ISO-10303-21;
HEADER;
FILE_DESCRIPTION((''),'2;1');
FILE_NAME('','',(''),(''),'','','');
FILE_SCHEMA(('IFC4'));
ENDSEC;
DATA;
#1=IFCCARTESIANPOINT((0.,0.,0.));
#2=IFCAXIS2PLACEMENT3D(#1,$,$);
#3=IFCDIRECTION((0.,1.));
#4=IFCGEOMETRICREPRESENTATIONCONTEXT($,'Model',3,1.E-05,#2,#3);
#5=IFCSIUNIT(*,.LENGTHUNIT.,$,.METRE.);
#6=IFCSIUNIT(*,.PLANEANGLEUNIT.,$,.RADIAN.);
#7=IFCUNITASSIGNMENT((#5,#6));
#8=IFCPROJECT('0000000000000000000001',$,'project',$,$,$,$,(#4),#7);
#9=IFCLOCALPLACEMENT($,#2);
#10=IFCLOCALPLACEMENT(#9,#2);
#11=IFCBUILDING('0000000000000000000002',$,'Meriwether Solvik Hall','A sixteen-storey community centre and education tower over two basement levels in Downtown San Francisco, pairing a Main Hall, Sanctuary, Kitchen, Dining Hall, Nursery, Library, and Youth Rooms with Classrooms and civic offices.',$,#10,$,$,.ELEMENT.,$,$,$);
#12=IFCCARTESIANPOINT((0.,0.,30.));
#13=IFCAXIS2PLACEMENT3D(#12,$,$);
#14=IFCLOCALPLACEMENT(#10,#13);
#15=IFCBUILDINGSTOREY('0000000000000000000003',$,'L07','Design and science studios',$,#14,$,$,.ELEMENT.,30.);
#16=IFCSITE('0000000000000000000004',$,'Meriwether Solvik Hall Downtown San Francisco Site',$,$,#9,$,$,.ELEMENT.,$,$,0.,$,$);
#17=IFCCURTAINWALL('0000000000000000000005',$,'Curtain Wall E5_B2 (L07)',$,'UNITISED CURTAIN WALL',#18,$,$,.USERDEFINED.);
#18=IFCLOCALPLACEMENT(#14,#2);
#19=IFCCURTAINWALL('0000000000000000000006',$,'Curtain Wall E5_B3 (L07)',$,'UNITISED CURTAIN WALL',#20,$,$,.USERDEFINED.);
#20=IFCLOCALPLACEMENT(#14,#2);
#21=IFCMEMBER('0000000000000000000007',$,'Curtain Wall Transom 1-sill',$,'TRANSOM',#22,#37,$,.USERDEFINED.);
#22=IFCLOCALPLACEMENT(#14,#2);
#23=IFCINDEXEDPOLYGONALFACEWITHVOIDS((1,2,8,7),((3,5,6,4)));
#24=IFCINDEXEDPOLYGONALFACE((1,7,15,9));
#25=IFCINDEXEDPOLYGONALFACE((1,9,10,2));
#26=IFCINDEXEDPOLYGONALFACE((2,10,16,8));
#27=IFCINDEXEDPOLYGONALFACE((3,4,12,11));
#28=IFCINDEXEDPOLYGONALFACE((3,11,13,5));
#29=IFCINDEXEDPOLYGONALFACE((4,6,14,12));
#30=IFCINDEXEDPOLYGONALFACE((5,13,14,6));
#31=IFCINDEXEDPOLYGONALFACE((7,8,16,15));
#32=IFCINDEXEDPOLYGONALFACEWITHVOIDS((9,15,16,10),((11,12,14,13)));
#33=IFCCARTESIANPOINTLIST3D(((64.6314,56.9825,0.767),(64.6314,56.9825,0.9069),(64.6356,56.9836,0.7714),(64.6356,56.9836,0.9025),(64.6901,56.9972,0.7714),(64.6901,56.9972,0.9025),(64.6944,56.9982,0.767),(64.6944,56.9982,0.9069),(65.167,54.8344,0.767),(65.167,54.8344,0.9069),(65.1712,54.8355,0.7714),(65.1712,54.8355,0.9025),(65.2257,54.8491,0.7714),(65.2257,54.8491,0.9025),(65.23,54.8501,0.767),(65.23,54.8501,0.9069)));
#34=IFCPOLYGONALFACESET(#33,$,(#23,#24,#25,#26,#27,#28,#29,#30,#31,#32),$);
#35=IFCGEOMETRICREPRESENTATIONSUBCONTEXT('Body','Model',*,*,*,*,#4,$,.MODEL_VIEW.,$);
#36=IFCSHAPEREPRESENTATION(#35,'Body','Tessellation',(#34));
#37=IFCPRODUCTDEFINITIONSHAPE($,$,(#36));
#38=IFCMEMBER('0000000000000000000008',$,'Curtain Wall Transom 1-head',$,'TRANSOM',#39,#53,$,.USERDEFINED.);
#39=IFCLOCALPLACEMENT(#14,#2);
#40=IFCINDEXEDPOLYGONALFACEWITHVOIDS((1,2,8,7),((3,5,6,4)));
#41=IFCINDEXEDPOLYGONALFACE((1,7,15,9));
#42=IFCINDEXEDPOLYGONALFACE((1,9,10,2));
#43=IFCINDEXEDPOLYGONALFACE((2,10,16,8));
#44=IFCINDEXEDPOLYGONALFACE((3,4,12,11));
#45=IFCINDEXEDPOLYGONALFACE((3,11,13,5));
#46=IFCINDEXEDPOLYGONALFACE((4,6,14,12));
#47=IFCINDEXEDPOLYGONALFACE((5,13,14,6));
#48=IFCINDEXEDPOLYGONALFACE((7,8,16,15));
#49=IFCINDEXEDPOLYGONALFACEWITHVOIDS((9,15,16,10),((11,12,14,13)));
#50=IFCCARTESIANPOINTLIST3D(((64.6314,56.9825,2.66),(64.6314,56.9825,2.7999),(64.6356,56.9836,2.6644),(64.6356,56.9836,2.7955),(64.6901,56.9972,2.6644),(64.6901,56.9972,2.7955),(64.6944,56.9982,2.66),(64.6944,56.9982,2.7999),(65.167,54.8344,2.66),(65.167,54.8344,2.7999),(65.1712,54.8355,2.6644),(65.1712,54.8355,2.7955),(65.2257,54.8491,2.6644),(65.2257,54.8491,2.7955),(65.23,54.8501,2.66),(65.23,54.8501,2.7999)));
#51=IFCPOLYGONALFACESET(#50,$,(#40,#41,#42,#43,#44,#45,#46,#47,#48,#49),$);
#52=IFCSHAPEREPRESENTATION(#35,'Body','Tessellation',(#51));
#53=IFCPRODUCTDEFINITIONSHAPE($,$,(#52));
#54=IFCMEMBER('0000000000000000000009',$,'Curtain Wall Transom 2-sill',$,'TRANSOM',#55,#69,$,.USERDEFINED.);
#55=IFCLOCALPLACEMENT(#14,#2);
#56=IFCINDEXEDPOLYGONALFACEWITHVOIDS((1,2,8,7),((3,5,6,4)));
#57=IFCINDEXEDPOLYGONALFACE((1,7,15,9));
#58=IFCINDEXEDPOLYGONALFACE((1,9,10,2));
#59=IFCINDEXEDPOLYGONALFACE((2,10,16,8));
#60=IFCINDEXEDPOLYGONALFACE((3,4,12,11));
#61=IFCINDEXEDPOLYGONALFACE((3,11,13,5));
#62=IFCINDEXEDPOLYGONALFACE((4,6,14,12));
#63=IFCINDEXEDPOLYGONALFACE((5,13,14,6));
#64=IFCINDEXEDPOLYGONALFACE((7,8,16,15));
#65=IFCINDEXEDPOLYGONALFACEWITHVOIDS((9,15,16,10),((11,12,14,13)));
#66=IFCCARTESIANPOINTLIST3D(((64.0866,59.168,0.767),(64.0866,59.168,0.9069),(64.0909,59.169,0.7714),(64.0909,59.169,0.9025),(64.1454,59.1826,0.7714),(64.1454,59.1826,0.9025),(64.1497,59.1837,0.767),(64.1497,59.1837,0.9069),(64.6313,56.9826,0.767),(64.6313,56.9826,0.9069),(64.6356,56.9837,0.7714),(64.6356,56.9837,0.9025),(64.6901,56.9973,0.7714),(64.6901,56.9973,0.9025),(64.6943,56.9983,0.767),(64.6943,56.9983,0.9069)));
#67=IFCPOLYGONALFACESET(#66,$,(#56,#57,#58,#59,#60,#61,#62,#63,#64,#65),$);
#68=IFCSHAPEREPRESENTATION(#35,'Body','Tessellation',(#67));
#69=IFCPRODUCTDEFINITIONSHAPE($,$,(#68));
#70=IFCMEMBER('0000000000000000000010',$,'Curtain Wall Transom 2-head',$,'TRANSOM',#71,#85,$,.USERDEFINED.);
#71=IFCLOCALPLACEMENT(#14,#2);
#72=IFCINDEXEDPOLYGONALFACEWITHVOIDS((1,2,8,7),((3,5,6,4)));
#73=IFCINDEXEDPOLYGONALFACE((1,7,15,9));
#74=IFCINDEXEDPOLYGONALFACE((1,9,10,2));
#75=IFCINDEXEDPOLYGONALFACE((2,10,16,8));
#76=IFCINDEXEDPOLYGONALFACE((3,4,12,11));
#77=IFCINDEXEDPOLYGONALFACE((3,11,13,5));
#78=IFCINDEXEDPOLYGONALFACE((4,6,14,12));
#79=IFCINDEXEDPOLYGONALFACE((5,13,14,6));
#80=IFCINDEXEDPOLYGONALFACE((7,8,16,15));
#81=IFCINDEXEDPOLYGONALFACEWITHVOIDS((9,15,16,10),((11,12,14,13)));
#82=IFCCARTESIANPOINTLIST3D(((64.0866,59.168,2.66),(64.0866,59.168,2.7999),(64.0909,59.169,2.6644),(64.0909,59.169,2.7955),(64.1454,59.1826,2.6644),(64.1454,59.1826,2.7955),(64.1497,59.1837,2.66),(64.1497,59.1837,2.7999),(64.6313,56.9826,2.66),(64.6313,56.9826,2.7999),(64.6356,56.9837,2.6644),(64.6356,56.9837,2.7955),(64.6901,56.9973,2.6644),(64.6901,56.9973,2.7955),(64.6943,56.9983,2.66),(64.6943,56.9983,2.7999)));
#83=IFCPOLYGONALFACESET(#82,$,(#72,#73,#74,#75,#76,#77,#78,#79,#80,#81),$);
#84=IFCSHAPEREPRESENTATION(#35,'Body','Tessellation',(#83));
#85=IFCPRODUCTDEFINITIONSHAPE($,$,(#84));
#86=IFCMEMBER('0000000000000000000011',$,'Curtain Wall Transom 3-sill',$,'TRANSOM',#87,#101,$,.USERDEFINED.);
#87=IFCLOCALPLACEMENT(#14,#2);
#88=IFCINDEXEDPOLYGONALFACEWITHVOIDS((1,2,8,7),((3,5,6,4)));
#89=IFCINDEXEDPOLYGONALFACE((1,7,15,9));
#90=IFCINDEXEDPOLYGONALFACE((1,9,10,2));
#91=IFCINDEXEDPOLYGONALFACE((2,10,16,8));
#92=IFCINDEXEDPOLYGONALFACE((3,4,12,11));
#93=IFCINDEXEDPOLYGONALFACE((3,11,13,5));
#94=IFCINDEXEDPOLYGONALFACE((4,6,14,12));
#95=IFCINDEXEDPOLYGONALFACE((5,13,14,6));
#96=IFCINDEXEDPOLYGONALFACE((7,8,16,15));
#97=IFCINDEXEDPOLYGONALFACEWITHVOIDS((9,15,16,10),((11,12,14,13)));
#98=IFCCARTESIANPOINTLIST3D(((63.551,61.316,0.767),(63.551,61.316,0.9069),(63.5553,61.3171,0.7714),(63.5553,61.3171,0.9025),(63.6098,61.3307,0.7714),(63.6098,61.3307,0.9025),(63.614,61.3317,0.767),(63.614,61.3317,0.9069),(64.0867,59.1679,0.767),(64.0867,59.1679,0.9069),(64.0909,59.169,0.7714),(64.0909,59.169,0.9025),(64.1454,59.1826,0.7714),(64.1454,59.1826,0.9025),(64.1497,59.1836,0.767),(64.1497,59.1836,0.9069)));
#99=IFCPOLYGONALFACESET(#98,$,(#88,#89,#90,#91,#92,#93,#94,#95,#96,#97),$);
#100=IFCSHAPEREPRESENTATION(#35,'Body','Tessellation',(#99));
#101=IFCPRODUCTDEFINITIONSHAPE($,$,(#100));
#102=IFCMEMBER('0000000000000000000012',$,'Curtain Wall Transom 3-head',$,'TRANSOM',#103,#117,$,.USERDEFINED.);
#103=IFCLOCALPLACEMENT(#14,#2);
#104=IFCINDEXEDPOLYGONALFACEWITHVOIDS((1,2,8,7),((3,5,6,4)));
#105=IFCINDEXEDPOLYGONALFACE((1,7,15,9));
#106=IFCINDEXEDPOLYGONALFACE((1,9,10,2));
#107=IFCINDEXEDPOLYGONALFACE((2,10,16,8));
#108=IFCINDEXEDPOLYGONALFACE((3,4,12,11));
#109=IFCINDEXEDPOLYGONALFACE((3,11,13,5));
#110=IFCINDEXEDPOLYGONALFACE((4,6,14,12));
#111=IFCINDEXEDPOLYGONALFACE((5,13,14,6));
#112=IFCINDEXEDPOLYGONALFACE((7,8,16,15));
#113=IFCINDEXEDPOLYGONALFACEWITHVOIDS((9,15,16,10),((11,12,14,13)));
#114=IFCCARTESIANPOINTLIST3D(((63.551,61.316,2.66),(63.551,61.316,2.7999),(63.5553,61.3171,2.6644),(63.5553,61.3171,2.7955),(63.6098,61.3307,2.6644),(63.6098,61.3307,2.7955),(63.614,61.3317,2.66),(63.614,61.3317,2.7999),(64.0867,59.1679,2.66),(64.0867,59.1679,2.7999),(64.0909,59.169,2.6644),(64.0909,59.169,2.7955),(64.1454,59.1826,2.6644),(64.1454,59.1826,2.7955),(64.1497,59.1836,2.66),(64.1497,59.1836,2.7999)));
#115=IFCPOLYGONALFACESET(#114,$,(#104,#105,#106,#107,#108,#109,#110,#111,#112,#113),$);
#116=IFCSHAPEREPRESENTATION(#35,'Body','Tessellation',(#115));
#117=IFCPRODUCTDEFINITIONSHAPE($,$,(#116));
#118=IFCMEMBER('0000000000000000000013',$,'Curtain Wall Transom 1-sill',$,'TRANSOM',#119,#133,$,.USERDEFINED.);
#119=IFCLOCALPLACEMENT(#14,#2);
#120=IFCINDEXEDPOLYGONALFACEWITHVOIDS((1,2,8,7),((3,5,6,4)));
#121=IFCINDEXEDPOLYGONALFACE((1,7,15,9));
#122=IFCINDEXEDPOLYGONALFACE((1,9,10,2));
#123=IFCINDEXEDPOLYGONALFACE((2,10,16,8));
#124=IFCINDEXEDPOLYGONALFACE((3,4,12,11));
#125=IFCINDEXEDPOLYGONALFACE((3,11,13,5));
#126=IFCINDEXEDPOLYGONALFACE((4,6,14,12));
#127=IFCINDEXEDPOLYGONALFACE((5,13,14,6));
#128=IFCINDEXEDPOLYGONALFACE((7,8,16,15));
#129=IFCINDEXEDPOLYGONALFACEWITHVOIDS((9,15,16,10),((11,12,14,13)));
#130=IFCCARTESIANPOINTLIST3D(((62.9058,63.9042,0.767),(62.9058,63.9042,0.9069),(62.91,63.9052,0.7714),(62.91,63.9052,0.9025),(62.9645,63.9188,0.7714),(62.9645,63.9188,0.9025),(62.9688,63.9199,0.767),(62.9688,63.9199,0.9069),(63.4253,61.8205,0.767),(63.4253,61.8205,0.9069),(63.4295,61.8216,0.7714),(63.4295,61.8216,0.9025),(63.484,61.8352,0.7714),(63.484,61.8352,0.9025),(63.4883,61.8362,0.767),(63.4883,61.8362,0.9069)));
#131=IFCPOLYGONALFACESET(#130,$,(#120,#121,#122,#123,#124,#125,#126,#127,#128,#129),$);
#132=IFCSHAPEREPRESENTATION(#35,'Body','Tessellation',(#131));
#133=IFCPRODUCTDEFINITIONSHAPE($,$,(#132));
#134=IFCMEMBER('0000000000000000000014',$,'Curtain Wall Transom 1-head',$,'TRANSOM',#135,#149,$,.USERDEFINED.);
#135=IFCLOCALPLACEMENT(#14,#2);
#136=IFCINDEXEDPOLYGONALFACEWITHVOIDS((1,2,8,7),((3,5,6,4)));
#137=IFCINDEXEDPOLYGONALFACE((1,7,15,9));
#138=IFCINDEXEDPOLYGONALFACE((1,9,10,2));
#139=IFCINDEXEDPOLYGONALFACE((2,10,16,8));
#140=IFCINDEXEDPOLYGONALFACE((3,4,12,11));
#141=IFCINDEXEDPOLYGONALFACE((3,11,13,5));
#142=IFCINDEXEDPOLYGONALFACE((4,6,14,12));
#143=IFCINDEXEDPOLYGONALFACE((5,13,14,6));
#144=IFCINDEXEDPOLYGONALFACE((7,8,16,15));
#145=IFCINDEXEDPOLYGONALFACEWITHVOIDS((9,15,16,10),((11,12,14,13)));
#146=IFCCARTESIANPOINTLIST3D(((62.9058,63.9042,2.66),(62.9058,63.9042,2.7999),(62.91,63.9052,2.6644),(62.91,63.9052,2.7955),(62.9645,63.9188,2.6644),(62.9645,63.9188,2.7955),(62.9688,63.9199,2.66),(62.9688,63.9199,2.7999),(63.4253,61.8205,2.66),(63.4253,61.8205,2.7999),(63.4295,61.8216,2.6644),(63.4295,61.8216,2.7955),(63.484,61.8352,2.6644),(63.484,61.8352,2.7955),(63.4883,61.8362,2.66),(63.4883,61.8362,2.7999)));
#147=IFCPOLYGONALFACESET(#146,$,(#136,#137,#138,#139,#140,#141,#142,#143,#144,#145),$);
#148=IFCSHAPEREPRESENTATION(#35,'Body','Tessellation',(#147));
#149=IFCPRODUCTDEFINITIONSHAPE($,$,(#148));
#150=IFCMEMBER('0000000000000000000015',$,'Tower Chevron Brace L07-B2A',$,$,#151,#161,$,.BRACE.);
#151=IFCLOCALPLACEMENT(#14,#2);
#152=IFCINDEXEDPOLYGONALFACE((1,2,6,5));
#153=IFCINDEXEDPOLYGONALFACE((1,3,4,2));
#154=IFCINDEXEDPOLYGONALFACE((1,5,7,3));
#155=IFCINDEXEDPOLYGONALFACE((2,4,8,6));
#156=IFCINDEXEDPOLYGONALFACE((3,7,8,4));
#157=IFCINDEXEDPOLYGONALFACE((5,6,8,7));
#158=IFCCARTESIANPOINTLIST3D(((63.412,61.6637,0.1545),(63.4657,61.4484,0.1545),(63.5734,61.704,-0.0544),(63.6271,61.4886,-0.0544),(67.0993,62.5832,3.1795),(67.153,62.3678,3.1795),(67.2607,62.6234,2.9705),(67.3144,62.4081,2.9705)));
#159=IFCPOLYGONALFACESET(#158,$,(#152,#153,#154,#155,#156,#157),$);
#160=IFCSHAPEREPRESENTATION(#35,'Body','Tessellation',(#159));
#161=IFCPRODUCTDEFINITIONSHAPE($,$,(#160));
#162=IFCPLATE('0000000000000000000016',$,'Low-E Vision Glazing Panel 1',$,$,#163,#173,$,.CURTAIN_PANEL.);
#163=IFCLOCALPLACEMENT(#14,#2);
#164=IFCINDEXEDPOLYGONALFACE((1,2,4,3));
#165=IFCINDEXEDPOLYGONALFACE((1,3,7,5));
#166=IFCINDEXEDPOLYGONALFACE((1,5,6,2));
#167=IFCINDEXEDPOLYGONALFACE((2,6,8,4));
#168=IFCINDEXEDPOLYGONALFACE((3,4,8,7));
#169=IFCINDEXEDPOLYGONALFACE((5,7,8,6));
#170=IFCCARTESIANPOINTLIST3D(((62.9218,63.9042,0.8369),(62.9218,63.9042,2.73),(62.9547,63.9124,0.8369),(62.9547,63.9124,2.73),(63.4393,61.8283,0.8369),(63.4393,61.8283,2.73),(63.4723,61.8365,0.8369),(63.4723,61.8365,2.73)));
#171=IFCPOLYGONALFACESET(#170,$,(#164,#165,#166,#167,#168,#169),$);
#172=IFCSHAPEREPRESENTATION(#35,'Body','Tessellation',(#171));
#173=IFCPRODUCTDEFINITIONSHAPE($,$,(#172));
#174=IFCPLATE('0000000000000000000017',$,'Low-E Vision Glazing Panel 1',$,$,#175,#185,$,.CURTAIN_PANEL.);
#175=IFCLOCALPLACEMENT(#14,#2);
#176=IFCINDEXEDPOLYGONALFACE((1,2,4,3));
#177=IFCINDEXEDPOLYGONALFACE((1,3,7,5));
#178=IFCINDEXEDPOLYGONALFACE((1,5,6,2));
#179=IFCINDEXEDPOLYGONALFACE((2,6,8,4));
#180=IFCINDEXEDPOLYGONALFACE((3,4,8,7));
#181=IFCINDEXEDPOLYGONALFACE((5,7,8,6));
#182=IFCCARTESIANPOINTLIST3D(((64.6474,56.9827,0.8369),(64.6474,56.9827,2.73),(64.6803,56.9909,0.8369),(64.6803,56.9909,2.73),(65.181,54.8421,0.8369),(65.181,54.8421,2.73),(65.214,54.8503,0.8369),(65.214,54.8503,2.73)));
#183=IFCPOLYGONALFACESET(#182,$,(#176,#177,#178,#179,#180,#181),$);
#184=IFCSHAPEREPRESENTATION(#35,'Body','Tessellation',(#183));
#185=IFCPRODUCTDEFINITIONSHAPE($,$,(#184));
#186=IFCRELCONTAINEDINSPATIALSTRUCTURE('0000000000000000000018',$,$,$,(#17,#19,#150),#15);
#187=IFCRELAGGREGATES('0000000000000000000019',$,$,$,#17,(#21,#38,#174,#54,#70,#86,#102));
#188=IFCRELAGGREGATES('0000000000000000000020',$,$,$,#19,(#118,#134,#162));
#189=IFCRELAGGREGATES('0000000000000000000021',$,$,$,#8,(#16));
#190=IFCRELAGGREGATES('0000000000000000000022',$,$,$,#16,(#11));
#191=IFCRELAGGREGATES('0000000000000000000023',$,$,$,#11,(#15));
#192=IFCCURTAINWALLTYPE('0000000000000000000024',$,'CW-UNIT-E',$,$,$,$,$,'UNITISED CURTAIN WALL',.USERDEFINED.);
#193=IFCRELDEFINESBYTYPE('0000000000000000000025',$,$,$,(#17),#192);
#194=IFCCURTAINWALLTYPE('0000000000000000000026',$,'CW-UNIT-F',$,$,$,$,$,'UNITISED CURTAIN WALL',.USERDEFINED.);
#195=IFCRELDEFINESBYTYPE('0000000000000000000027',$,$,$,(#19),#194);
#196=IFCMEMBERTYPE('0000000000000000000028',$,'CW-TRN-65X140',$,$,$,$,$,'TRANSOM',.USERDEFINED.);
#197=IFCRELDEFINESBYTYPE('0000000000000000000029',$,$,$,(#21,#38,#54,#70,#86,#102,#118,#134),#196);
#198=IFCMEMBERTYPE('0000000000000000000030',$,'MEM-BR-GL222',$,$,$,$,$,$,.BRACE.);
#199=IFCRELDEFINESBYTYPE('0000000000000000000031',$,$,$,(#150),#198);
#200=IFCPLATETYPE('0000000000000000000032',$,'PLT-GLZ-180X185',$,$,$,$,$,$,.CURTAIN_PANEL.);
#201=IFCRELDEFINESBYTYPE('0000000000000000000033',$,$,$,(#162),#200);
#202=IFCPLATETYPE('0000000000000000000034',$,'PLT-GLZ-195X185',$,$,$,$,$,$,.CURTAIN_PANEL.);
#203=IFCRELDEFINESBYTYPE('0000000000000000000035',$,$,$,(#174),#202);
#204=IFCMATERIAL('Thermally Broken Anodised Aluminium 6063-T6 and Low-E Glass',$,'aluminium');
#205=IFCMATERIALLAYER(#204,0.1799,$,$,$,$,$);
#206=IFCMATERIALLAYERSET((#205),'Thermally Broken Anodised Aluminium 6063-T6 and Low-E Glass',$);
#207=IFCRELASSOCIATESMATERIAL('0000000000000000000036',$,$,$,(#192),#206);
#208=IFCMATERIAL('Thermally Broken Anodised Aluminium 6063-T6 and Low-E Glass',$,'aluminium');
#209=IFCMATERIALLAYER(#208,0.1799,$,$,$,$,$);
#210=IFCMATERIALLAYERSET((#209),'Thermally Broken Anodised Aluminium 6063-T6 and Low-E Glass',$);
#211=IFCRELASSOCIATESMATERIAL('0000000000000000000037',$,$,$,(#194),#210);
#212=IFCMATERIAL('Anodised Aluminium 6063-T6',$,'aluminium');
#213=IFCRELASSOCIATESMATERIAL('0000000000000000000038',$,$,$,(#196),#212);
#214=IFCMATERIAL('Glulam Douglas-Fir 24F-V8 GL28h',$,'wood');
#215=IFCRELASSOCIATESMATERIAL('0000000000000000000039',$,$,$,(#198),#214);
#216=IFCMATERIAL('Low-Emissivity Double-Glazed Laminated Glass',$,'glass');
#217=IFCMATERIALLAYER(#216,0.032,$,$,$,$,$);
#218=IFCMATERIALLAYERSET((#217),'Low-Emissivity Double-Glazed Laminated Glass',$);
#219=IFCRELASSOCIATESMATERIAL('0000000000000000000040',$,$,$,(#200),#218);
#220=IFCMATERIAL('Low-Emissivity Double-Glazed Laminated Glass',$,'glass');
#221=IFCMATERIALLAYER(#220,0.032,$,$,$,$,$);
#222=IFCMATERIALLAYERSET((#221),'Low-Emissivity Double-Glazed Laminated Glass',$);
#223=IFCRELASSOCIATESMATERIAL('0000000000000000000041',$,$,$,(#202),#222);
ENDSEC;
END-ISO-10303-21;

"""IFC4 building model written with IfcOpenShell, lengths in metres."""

from ifc_helpers import new_model, si_unit, direction, frame, origin, origin_2d, place, context, subcontext, project, spatial, rectangle, hollow_rectangle, extrude, material, layer, layer_set, material_profile, profile_set, type_object, element, aggregate, save


model = new_model("IFC4")

# Units and contexts
model_context = context("Model", 3, precision=1e-05, world=origin(), true_north=direction((0.0, 1.0)))
body_context = subcontext(model_context, "Body", "Model", "MODEL_VIEW")
ifc_project = project(units=[si_unit("LENGTHUNIT", "METRE"), si_unit("PLANEANGLEUNIT", "RADIAN")], contexts=[model_context])

# Site, building, storey
site_placement = place(None, origin())
site = spatial("IfcSite", under=ifc_project, at=site_placement, Name="Meriwether Solvik Hall Downtown San Francisco Site", CompositionType="ELEMENT", RefElevation=0.0)
building_placement = place(site_placement, origin())
building = spatial("IfcBuilding", under=site, at=building_placement, Name="Meriwether Solvik Hall", Description="A sixteen-storey community centre and education tower over two basement levels in Downtown San Francisco, pairing a Main Hall, Sanctuary, Kitchen, Dining Hall, Nursery, Library, and Youth Rooms with Classrooms and civic offices.", CompositionType="ELEMENT")
storey_placement = place(building_placement, frame((0.0, 0.0, 30.0)))
storey = spatial("IfcBuildingStorey", under=building, at=storey_placement, Name="L07", Description="Design and science studios", CompositionType="ELEMENT", Elevation=30.0)

# Curtain wall
ifc_material_1 = material(Name="Thermally Broken Anodised Aluminium 6063-T6 and Low-E Glass", Category="aluminium")
ifc_layer_1 = layer(ifc_material_1, 0.1799)
ifc_layer_set_1 = layer_set([ifc_layer_1], Name="Thermally Broken Anodised Aluminium 6063-T6 and Low-E Glass")
curtain_wall_type_1 = type_object("IfcCurtainWallType", Name="CW-UNIT-E", ElementType="UNITISED CURTAIN WALL", PredefinedType="USERDEFINED", material=ifc_layer_set_1)
curtain_wall_1_placement = place(storey_placement, origin())
curtain_wall_1 = element("IfcCurtainWall", 1, at=curtain_wall_1_placement, inside=storey, type_object=curtain_wall_type_1, Name="Curtain Wall E5_B2 (L07)", ObjectType="UNITISED CURTAIN WALL", PredefinedType="USERDEFINED")

# Curtain wall
ifc_material_2 = material(Name="Thermally Broken Anodised Aluminium 6063-T6 and Low-E Glass", Category="aluminium")
ifc_layer_2 = layer(ifc_material_2, 0.1799)
ifc_layer_set_2 = layer_set([ifc_layer_2], Name="Thermally Broken Anodised Aluminium 6063-T6 and Low-E Glass")
curtain_wall_type_2 = type_object("IfcCurtainWallType", Name="CW-UNIT-F", ElementType="UNITISED CURTAIN WALL", PredefinedType="USERDEFINED", material=ifc_layer_set_2)
curtain_wall_2_placement = place(storey_placement, origin())
curtain_wall_2 = element("IfcCurtainWall", 2, at=curtain_wall_2_placement, inside=storey, type_object=curtain_wall_type_2, Name="Curtain Wall E5_B3 (L07)", ObjectType="UNITISED CURTAIN WALL", PredefinedType="USERDEFINED")

# Members
ifc_material_3 = material(Name="Anodised Aluminium 6063-T6", Category="aluminium")
ifc_material_profile_1 = material_profile(ifc_material_3, hollow_rectangle(XDim=0.0649, YDim=0.1399, WallThickness=0.0044, at=origin_2d()), Name="CWT-65X140")
ifc_profile_set_1 = profile_set([ifc_material_profile_1], Name="Anodised Aluminium 6063-T6")
member_type_1 = type_object("IfcMemberType", Name="CW-TRN-65X140", ElementType="TRANSOM", PredefinedType="USERDEFINED", material=ifc_profile_set_1)
member_1_placement = place(storey_placement, frame((65.1985, 54.8423, 0.8369), z_axis=(-0.241939, 0.970292, 0.0), x_axis=(-0.970292, -0.241939, 0.0)))
member_1 = element("IfcMember", 3, at=member_1_placement, type_object=member_type_1, Name="Curtain Wall Transom 1-sill", ObjectType="TRANSOM", PredefinedType="USERDEFINED", context=body_context, shape_type="SweptSolid", body=[
    extrude(hollow_rectangle(XDim=0.0649, YDim=0.1399, WallThickness=0.0044, at=origin_2d()), origin(), (0.0, 0.0, 1.0), 2.2139),
])
member_2_placement = place(storey_placement, frame((65.1985, 54.8423, 2.73), z_axis=(-0.241939, 0.970292, 0.0), x_axis=(-0.970292, -0.241939, 0.0)))
member_2 = element("IfcMember", 4, at=member_2_placement, type_object=member_type_1, Name="Curtain Wall Transom 1-head", ObjectType="TRANSOM", PredefinedType="USERDEFINED", context=body_context, shape_type="SweptSolid", body=[
    extrude(hollow_rectangle(XDim=0.0649, YDim=0.1399, WallThickness=0.0044, at=origin_2d()), origin(), (0.0, 0.0, 1.0), 2.2139),
])
member_3_placement = place(storey_placement, frame((64.6628, 56.9905, 0.8369), z_axis=(-0.241847, 0.970314, 0.0), x_axis=(-0.970314, -0.241847, 0.0)))
member_3 = element("IfcMember", 5, at=member_3_placement, type_object=member_type_1, Name="Curtain Wall Transom 2-sill", ObjectType="TRANSOM", PredefinedType="USERDEFINED", context=body_context, shape_type="SweptSolid", body=[
    extrude(hollow_rectangle(XDim=0.0649, YDim=0.1399, WallThickness=0.0044, at=origin_2d()), origin(), (0.0, 0.0, 1.0), 2.2522),
])
member_4_placement = place(storey_placement, frame((64.6628, 56.9905, 2.73), z_axis=(-0.241847, 0.970314, 0.0), x_axis=(-0.970314, -0.241847, 0.0)))
member_4 = element("IfcMember", 6, at=member_4_placement, type_object=member_type_1, Name="Curtain Wall Transom 2-head", ObjectType="TRANSOM", PredefinedType="USERDEFINED", context=body_context, shape_type="SweptSolid", body=[
    extrude(hollow_rectangle(XDim=0.0649, YDim=0.1399, WallThickness=0.0044, at=origin_2d()), origin(), (0.0, 0.0, 1.0), 2.2522),
])
member_5_placement = place(storey_placement, frame((64.1182, 59.1758, 0.8369), z_axis=(-0.241939, 0.970292, 0.0), x_axis=(-0.970292, -0.241939, 0.0)))
member_5 = element("IfcMember", 7, at=member_5_placement, type_object=member_type_1, Name="Curtain Wall Transom 3-sill", ObjectType="TRANSOM", PredefinedType="USERDEFINED", context=body_context, shape_type="SweptSolid", body=[
    extrude(hollow_rectangle(XDim=0.0649, YDim=0.1399, WallThickness=0.0044, at=origin_2d()), origin(), (0.0, 0.0, 1.0), 2.2139),
])
member_6_placement = place(storey_placement, frame((64.1182, 59.1758, 2.73), z_axis=(-0.241939, 0.970292, 0.0), x_axis=(-0.970292, -0.241939, 0.0)))
member_6 = element("IfcMember", 8, at=member_6_placement, type_object=member_type_1, Name="Curtain Wall Transom 3-head", ObjectType="TRANSOM", PredefinedType="USERDEFINED", context=body_context, shape_type="SweptSolid", body=[
    extrude(hollow_rectangle(XDim=0.0649, YDim=0.1399, WallThickness=0.0044, at=origin_2d()), origin(), (0.0, 0.0, 1.0), 2.2139),
])
member_7_placement = place(storey_placement, frame((63.4568, 61.8284, 0.8369), z_axis=(-0.24192, 0.970296, 0.0), x_axis=(-0.970296, -0.24192, 0.0)))
member_7 = element("IfcMember", 9, at=member_7_placement, type_object=member_type_1, Name="Curtain Wall Transom 1-sill", ObjectType="TRANSOM", PredefinedType="USERDEFINED", context=body_context, shape_type="SweptSolid", body=[
    extrude(hollow_rectangle(XDim=0.0649, YDim=0.1399, WallThickness=0.0044, at=origin_2d()), origin(), (0.0, 0.0, 1.0), 2.1475),
])
member_8_placement = place(storey_placement, frame((63.4568, 61.8284, 2.73), z_axis=(-0.24192, 0.970296, 0.0), x_axis=(-0.970296, -0.24192, 0.0)))
member_8 = element("IfcMember", 10, at=member_8_placement, type_object=member_type_1, Name="Curtain Wall Transom 1-head", ObjectType="TRANSOM", PredefinedType="USERDEFINED", context=body_context, shape_type="SweptSolid", body=[
    extrude(hollow_rectangle(XDim=0.0649, YDim=0.1399, WallThickness=0.0044, at=origin_2d()), origin(), (0.0, 0.0, 1.0), 2.1475),
])
ifc_material_4 = material(Name="Glulam Douglas-Fir 24F-V8 GL28h", Category="wood")
ifc_material_profile_2 = material_profile(ifc_material_4, rectangle(XDim=0.2219, YDim=0.2671, at=origin_2d()), Name="GLM-222X267")
ifc_profile_set_2 = profile_set([ifc_material_profile_2], Name="Glulam Douglas-Fir 24F-V8 GL28h")
member_type_2 = type_object("IfcMemberType", Name="MEM-BR-GL222", PredefinedType="BRACE", material=ifc_profile_set_2)
member_9_placement = place(storey_placement, frame((63.5195, 61.5762, 0.05), z_axis=(0.75915, 0.189298, 0.622782), x_axis=(-0.241946, 0.97029, 0.0)))
element("IfcMember", 11, at=member_9_placement, inside=storey, type_object=member_type_2, Name="Tower Chevron Brace L07-B2A", PredefinedType="BRACE", context=body_context, shape_type="SweptSolid", body=[
    extrude(rectangle(XDim=0.2219, YDim=0.2671, at=origin_2d()), origin(), (0.0, 0.0, 1.0), 4.8572),
])

# Plates
ifc_material_5 = material(Name="Low-Emissivity Double-Glazed Laminated Glass", Category="glass")
ifc_layer_3 = layer(ifc_material_5, 0.032)
ifc_layer_set_3 = layer_set([ifc_layer_3], Name="Low-Emissivity Double-Glazed Laminated Glass")
plate_type_1 = type_object("IfcPlateType", Name="PLT-GLZ-180X185", PredefinedType="CURTAIN_PANEL", material=ifc_layer_set_3)
plate_1_placement = place(storey_placement, frame((63.197, 62.8704, 0.8369), z_axis=(0.0, 0.0, 1.0), x_axis=(-0.241922, 0.970296, 0.0)))
plate_1 = element("IfcPlate", 12, at=plate_1_placement, type_object=plate_type_1, Name="Low-E Vision Glazing Panel 1", PredefinedType="CURTAIN_PANEL", context=body_context, shape_type="SweptSolid", body=[
    extrude(rectangle(XDim=2.1394, YDim=0.0339, at=origin_2d()), origin(), (0.0, 0.0, 1.0), 1.8931),
])
ifc_material_6 = material(Name="Low-Emissivity Double-Glazed Laminated Glass", Category="glass")
ifc_layer_4 = layer(ifc_material_6, 0.032)
ifc_layer_set_4 = layer_set([ifc_layer_4], Name="Low-Emissivity Double-Glazed Laminated Glass")
plate_type_2 = type_object("IfcPlateType", Name="PLT-GLZ-195X185", PredefinedType="CURTAIN_PANEL", material=ifc_layer_set_4)
plate_2_placement = place(storey_placement, frame((64.9307, 55.9165, 0.8369), z_axis=(0.0, 0.0, 1.0), x_axis=(-0.241922, 0.970296, 0.0)))
plate_2 = element("IfcPlate", 13, at=plate_2_placement, type_object=plate_type_2, Name="Low-E Vision Glazing Panel 1", PredefinedType="CURTAIN_PANEL", context=body_context, shape_type="SweptSolid", body=[
    extrude(rectangle(XDim=2.2061, YDim=0.0339, at=origin_2d()), origin(), (0.0, 0.0, 1.0), 1.8931),
])
aggregate(curtain_wall_1, [member_1, member_2, plate_2, member_3, member_4, member_5, member_6])
aggregate(curtain_wall_2, [member_7, member_8, plate_1])

save(model, "model.ifc")
